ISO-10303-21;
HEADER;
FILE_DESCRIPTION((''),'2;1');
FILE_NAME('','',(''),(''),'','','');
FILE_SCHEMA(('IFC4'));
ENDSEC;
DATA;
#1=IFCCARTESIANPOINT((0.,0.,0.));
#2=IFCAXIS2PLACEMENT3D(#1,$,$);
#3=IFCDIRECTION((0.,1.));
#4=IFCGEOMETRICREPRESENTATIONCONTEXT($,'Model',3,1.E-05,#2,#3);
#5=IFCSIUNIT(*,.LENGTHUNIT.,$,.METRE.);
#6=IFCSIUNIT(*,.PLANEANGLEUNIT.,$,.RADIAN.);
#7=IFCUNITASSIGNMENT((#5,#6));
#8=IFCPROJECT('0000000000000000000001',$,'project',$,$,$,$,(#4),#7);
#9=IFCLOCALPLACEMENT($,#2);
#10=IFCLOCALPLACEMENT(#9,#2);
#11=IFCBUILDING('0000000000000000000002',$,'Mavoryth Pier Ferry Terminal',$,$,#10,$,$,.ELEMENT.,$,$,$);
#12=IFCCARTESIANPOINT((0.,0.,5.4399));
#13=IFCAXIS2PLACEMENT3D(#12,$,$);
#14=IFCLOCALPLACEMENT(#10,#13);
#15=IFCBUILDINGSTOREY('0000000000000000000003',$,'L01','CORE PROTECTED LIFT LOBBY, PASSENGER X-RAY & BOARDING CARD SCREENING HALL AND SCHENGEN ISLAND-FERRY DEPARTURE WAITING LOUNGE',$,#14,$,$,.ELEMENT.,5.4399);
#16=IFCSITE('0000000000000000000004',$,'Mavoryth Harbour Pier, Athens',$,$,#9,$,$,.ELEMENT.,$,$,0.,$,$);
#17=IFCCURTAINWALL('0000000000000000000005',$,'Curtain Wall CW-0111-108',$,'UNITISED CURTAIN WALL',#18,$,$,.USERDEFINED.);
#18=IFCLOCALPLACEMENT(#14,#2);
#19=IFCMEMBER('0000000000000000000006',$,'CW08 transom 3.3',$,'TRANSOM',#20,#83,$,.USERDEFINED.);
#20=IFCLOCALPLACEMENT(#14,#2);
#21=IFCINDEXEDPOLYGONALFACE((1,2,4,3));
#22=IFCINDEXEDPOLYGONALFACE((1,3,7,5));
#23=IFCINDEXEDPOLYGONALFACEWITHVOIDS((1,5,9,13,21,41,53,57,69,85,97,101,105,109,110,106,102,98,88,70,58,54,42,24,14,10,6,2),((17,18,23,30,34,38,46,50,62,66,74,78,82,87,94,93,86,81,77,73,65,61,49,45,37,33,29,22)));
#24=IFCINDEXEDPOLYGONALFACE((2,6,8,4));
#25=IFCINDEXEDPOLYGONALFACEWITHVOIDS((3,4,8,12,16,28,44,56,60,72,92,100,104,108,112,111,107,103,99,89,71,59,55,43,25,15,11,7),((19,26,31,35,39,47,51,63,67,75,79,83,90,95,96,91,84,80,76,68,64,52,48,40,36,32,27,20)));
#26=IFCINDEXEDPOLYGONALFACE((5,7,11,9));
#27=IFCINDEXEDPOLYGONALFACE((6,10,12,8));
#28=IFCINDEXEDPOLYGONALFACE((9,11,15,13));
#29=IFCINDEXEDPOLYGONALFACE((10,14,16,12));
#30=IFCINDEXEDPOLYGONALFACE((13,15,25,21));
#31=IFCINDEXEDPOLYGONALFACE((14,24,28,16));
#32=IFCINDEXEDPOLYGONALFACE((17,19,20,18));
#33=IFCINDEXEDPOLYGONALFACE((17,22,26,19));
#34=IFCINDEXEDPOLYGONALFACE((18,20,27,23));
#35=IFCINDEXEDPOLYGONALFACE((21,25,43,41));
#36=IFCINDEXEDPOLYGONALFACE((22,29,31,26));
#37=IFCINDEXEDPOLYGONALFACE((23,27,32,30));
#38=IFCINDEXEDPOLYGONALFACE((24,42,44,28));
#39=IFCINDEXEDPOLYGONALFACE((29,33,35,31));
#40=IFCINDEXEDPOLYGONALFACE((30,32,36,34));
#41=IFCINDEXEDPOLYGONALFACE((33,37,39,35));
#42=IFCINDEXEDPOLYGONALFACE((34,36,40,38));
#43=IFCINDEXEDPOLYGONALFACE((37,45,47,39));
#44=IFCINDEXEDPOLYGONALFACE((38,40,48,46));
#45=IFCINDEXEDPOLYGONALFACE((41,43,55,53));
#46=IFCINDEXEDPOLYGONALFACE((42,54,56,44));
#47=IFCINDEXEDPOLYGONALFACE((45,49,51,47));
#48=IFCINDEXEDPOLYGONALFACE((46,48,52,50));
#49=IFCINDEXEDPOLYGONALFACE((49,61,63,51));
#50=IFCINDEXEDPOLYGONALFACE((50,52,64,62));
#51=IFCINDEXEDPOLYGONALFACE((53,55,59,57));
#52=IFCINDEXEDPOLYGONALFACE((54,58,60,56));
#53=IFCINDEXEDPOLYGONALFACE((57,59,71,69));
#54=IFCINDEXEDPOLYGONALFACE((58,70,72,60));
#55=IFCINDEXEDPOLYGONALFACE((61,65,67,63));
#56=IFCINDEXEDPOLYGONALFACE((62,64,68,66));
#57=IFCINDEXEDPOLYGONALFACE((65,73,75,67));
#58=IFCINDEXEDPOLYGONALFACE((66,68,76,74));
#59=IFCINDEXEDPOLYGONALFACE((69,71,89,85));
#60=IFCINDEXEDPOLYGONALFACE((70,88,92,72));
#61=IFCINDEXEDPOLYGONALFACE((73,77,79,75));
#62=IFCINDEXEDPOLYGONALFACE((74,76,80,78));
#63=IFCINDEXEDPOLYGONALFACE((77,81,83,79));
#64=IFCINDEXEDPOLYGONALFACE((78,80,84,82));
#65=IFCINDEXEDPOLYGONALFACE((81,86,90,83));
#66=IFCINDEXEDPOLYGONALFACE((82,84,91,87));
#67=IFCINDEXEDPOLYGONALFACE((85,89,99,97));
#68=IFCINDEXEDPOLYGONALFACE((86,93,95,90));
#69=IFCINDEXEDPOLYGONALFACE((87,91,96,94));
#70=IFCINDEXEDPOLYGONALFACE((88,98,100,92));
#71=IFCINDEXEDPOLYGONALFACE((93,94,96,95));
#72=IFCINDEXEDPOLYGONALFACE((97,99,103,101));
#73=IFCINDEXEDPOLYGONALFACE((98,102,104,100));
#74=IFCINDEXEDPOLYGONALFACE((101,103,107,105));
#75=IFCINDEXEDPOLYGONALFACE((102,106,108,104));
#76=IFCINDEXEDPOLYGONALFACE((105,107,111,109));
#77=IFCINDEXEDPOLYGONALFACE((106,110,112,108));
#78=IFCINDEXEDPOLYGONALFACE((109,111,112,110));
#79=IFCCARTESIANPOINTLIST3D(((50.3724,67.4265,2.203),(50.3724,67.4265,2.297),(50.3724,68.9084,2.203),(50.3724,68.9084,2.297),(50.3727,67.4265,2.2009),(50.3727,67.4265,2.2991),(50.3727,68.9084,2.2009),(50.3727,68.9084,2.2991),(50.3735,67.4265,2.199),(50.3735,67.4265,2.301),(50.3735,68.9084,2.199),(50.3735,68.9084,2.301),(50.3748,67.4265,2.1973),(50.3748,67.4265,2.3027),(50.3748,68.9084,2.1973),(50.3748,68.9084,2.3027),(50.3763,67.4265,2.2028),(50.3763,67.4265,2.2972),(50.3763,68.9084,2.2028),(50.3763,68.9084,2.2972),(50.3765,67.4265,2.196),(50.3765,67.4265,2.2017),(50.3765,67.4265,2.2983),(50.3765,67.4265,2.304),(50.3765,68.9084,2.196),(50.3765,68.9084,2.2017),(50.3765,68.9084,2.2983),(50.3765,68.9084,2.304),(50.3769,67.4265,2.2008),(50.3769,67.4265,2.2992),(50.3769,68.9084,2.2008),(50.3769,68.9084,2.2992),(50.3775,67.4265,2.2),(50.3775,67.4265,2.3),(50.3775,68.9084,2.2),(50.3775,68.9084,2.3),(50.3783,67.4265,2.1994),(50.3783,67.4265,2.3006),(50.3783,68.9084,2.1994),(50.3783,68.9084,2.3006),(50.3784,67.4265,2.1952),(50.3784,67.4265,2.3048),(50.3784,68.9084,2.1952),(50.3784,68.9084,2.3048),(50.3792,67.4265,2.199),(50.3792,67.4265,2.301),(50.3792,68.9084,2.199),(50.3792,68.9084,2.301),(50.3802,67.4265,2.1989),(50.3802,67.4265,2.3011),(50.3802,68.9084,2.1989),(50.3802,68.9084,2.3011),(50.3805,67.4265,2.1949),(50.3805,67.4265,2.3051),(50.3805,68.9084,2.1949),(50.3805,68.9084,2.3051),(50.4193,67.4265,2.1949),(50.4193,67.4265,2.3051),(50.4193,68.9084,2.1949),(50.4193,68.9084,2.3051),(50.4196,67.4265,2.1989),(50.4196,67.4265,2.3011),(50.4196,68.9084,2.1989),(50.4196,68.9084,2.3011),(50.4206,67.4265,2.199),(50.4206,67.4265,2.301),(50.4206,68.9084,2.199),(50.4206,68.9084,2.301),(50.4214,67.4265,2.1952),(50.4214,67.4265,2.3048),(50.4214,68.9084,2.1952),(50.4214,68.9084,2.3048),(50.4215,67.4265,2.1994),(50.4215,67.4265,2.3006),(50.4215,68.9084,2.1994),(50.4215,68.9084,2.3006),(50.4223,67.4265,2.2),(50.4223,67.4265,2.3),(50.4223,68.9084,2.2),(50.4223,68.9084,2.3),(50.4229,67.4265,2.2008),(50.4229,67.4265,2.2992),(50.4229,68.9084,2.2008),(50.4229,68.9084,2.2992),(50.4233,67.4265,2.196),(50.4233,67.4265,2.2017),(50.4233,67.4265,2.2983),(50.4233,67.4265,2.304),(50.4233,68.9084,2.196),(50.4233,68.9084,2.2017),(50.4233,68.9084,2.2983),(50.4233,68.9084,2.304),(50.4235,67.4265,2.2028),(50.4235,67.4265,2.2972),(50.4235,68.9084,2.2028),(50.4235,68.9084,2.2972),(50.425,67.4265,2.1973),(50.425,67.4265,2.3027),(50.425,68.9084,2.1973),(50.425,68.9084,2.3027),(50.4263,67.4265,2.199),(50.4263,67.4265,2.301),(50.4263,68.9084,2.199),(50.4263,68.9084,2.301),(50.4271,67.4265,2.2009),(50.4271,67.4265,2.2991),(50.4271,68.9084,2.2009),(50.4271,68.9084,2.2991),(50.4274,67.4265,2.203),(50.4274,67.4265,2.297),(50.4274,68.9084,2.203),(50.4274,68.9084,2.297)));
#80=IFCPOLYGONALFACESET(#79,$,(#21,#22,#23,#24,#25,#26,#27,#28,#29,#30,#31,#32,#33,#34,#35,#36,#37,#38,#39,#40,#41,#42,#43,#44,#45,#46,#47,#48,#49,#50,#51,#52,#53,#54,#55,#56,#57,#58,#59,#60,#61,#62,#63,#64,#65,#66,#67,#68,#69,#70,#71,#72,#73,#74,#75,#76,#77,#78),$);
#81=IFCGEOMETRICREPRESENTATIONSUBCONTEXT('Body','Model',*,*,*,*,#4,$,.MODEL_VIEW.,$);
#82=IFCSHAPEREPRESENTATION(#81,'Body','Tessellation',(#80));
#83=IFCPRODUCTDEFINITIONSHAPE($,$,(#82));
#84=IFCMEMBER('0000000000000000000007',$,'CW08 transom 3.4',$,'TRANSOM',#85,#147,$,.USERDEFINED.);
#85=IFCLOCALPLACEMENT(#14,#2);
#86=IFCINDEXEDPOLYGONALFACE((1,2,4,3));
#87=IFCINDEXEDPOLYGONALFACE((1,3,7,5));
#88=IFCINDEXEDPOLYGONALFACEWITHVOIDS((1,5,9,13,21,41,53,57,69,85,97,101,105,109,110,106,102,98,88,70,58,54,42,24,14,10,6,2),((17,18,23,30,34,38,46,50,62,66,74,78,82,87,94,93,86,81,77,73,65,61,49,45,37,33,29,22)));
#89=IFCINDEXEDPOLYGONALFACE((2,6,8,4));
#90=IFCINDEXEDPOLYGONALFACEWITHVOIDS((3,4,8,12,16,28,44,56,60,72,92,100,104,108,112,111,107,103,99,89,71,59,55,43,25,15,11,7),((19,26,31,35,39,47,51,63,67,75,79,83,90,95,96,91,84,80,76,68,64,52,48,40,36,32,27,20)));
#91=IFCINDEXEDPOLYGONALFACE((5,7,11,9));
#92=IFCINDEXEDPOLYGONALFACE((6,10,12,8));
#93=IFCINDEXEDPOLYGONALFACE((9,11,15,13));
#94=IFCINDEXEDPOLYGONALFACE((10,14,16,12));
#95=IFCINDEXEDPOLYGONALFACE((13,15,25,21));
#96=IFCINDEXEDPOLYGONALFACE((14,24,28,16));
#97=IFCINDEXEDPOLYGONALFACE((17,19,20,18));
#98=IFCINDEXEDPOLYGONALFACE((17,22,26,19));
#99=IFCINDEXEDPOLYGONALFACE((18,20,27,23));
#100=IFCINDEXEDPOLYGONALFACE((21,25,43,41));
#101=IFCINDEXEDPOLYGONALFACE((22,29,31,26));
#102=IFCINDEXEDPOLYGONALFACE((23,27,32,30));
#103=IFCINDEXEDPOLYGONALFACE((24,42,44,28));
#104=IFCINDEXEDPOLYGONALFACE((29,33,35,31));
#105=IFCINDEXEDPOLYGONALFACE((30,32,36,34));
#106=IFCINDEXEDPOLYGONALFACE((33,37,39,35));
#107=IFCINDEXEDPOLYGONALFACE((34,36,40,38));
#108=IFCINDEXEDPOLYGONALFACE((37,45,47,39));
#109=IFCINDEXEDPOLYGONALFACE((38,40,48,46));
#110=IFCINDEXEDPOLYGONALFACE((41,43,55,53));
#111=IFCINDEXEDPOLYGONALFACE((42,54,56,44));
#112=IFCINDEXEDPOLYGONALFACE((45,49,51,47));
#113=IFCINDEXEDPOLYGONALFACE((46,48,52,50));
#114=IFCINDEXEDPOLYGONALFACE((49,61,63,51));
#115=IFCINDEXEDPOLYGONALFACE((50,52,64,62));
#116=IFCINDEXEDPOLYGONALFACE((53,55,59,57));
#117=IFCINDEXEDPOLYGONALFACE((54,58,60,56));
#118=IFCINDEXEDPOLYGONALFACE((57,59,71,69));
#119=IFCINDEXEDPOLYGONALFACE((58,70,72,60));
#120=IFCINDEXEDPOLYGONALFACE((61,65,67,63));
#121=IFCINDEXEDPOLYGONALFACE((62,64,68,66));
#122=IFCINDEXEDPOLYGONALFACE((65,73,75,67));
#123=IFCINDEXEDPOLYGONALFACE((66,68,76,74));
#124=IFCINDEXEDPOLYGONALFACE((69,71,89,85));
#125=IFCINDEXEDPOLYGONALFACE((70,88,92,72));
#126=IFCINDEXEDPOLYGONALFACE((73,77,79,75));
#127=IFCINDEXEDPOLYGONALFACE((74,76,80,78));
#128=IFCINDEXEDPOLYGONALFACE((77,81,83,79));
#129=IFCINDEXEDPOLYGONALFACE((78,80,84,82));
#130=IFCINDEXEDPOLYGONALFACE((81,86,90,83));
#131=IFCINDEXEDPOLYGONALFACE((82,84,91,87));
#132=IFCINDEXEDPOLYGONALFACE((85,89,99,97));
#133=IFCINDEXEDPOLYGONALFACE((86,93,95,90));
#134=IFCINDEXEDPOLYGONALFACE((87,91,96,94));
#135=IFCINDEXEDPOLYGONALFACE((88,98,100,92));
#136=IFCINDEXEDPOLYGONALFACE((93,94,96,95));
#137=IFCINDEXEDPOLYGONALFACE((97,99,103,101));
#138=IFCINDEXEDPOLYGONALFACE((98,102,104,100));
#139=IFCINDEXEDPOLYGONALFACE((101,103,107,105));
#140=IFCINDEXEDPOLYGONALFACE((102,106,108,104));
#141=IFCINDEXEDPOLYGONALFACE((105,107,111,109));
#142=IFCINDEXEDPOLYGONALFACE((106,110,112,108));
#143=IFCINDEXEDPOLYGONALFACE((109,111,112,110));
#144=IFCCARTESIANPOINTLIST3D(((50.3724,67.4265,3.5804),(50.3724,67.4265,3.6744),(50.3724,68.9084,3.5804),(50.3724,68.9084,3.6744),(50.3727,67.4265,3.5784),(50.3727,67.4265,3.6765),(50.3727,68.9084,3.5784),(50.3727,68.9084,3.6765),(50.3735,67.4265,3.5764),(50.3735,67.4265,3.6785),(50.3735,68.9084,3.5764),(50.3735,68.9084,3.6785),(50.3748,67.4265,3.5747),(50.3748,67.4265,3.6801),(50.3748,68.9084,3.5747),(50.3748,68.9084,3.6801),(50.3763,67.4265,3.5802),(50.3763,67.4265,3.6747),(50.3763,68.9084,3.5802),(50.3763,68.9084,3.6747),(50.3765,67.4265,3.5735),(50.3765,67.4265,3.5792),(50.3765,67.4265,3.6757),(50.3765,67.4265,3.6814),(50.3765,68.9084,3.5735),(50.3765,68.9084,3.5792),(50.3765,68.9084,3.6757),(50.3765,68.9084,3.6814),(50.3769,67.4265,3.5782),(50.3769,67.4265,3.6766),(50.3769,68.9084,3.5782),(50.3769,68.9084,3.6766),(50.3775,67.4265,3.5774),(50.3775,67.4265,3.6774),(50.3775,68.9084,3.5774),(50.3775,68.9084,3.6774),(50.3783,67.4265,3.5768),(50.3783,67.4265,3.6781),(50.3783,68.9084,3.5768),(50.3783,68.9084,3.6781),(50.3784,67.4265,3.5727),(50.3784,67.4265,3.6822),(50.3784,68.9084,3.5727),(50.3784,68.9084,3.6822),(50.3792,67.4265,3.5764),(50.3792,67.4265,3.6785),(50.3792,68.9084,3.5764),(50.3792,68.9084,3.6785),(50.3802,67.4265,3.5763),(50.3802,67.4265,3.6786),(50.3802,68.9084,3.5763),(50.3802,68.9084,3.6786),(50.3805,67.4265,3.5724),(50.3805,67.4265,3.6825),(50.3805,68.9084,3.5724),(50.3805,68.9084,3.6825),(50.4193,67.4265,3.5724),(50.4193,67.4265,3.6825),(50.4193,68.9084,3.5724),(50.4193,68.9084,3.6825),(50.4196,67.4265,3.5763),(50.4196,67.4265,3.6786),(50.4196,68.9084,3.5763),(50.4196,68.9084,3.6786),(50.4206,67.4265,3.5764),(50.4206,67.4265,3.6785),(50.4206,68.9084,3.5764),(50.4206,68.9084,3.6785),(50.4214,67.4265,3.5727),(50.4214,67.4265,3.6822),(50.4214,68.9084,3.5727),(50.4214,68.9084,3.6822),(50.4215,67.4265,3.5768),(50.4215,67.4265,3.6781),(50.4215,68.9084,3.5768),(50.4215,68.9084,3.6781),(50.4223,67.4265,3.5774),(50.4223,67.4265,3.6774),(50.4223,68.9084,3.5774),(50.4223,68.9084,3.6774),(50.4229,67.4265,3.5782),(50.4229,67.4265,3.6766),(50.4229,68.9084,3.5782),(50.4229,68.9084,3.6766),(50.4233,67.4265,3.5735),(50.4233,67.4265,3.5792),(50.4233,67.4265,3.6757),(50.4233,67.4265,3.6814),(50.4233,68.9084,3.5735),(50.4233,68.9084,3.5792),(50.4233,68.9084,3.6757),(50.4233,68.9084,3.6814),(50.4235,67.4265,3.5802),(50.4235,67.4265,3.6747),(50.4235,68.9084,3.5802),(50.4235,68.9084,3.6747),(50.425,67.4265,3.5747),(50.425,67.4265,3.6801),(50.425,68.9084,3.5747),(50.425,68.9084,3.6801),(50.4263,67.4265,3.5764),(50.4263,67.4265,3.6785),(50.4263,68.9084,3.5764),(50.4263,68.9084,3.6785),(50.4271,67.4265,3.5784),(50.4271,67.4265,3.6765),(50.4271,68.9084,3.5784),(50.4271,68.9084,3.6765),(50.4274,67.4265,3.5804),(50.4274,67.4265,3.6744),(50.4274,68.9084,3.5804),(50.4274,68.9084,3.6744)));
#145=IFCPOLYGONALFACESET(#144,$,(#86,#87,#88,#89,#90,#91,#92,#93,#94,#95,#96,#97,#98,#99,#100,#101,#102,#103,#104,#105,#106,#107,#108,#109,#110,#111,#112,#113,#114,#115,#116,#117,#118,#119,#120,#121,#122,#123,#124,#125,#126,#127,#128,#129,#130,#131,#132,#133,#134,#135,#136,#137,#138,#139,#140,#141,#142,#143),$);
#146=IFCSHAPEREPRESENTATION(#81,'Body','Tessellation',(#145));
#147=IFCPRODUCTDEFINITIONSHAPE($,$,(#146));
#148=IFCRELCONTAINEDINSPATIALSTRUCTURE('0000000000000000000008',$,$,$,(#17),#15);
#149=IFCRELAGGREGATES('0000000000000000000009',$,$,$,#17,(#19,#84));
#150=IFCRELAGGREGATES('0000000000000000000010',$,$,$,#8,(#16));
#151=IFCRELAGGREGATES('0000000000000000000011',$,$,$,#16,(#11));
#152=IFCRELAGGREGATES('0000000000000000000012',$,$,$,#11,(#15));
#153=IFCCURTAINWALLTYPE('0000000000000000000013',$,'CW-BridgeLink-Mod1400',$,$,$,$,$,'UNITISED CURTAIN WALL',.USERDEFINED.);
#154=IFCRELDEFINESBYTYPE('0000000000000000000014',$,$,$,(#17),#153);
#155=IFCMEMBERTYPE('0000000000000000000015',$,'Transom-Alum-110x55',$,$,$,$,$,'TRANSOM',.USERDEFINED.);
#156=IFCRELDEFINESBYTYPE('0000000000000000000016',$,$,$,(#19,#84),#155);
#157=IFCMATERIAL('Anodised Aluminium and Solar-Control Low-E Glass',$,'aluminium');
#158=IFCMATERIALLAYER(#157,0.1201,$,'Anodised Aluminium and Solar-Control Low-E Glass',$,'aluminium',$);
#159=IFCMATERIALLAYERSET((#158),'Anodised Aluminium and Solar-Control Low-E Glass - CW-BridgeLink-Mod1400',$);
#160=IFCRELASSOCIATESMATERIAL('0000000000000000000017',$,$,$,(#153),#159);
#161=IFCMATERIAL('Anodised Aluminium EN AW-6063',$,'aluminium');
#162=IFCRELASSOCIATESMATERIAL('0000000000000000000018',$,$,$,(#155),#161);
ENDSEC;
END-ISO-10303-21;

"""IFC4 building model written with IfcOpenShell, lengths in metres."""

from ifc_helpers import new_model, si_unit, direction, frame, origin, origin_2d, place, context, subcontext, project, spatial, hollow_rectangle, extrude, material, layer, layer_set, material_profile, profile_set, type_object, element, aggregate, save


model = new_model("IFC4")

# Units and contexts
model_context = context("Model", 3, precision=1e-05, world=origin(), true_north=direction((0.0, 1.0)))
body_context = subcontext(model_context, "Body", "Model", "MODEL_VIEW")
ifc_project = project(units=[si_unit("LENGTHUNIT", "METRE"), si_unit("PLANEANGLEUNIT", "RADIAN")], contexts=[model_context])

# Site, building, storey
site_placement = place(None, origin())
site = spatial("IfcSite", under=ifc_project, at=site_placement, Name="Mavoryth Harbour Pier, Athens", CompositionType="ELEMENT", RefElevation=0.0)
building_placement = place(site_placement, origin())
building = spatial("IfcBuilding", under=site, at=building_placement, Name="Mavoryth Pier Ferry Terminal", CompositionType="ELEMENT")
storey_placement = place(building_placement, frame((0.0, 0.0, 5.4399)))
storey = spatial("IfcBuildingStorey", under=building, at=storey_placement, Name="L01", Description="CORE PROTECTED LIFT LOBBY, PASSENGER X-RAY & BOARDING CARD SCREENING HALL AND SCHENGEN ISLAND-FERRY DEPARTURE WAITING LOUNGE", CompositionType="ELEMENT", Elevation=5.4399)

# Curtain wall
ifc_material_1 = material(Name="Anodised Aluminium and Solar-Control Low-E Glass", Category="aluminium")
ifc_layer_1 = layer(ifc_material_1, 0.1201, Name="Anodised Aluminium and Solar-Control Low-E Glass", Category="aluminium")
ifc_layer_set_1 = layer_set([ifc_layer_1], Name="Anodised Aluminium and Solar-Control Low-E Glass - CW-BridgeLink-Mod1400")
curtain_wall_type = type_object("IfcCurtainWallType", Name="CW-BridgeLink-Mod1400", ElementType="UNITISED CURTAIN WALL", PredefinedType="USERDEFINED", material=ifc_layer_set_1)
curtain_wall_1_placement = place(storey_placement, origin())
curtain_wall_1 = element("IfcCurtainWall", 1, at=curtain_wall_1_placement, inside=storey, type_object=curtain_wall_type, Name="Curtain Wall CW-0111-108", ObjectType="UNITISED CURTAIN WALL", PredefinedType="USERDEFINED")
ifc_material_2 = material(Name="Anodised Aluminium EN AW-6063", Category="aluminium")

# Members
ifc_material_profile_1 = material_profile(ifc_material_2, hollow_rectangle(XDim=0.0549, YDim=0.1101, WallThickness=0.0039, InnerFilletRadius=0.0039, OuterFilletRadius=0.0081, at=origin_2d()), Name="AL-TRAN 110x55x4", Category="aluminium")
ifc_profile_set_1 = profile_set([ifc_material_profile_1], Name="Anodised Aluminium EN AW-6063 - AL-TRAN 110x55x4")
member_type_1 = type_object("IfcMemberType", Name="Transom-Alum-110x55", ElementType="TRANSOM", PredefinedType="USERDEFINED", material=ifc_profile_set_1)
member_1_placement = place(storey_placement, frame((50.3999, 68.9084, 2.25), z_axis=(0.0, -1.0, 0.0), x_axis=(1.0, 0.0, 0.0)))
member_1 = element("IfcMember", 2, at=member_1_placement, type_object=member_type_1, Name="CW08 transom 3.3", ObjectType="TRANSOM", PredefinedType="USERDEFINED", context=body_context, shape_type="SweptSolid", body=[
    extrude(hollow_rectangle(XDim=0.0549, YDim=0.1101, WallThickness=0.0039, InnerFilletRadius=0.0039, OuterFilletRadius=0.0081, at=origin_2d()), origin(), (0.0, 0.0, 1.0), 1.4819),
])
member_2_placement = place(storey_placement, frame((50.3999, 68.9084, 3.6274), z_axis=(0.0, -1.0, 0.0), x_axis=(1.0, 0.0, 0.0)))
member_2 = element("IfcMember", 3, at=member_2_placement, type_object=member_type_1, Name="CW08 transom 3.4", ObjectType="TRANSOM", PredefinedType="USERDEFINED", context=body_context, shape_type="SweptSolid", body=[
    extrude(hollow_rectangle(XDim=0.0549, YDim=0.1101, WallThickness=0.0039, InnerFilletRadius=0.0039, OuterFilletRadius=0.0081, at=origin_2d()), origin(), (0.0, 0.0, 1.0), 1.4819),
])

aggregate(curtain_wall_1, [member_1, member_2])

save(model, "model.ifc")
